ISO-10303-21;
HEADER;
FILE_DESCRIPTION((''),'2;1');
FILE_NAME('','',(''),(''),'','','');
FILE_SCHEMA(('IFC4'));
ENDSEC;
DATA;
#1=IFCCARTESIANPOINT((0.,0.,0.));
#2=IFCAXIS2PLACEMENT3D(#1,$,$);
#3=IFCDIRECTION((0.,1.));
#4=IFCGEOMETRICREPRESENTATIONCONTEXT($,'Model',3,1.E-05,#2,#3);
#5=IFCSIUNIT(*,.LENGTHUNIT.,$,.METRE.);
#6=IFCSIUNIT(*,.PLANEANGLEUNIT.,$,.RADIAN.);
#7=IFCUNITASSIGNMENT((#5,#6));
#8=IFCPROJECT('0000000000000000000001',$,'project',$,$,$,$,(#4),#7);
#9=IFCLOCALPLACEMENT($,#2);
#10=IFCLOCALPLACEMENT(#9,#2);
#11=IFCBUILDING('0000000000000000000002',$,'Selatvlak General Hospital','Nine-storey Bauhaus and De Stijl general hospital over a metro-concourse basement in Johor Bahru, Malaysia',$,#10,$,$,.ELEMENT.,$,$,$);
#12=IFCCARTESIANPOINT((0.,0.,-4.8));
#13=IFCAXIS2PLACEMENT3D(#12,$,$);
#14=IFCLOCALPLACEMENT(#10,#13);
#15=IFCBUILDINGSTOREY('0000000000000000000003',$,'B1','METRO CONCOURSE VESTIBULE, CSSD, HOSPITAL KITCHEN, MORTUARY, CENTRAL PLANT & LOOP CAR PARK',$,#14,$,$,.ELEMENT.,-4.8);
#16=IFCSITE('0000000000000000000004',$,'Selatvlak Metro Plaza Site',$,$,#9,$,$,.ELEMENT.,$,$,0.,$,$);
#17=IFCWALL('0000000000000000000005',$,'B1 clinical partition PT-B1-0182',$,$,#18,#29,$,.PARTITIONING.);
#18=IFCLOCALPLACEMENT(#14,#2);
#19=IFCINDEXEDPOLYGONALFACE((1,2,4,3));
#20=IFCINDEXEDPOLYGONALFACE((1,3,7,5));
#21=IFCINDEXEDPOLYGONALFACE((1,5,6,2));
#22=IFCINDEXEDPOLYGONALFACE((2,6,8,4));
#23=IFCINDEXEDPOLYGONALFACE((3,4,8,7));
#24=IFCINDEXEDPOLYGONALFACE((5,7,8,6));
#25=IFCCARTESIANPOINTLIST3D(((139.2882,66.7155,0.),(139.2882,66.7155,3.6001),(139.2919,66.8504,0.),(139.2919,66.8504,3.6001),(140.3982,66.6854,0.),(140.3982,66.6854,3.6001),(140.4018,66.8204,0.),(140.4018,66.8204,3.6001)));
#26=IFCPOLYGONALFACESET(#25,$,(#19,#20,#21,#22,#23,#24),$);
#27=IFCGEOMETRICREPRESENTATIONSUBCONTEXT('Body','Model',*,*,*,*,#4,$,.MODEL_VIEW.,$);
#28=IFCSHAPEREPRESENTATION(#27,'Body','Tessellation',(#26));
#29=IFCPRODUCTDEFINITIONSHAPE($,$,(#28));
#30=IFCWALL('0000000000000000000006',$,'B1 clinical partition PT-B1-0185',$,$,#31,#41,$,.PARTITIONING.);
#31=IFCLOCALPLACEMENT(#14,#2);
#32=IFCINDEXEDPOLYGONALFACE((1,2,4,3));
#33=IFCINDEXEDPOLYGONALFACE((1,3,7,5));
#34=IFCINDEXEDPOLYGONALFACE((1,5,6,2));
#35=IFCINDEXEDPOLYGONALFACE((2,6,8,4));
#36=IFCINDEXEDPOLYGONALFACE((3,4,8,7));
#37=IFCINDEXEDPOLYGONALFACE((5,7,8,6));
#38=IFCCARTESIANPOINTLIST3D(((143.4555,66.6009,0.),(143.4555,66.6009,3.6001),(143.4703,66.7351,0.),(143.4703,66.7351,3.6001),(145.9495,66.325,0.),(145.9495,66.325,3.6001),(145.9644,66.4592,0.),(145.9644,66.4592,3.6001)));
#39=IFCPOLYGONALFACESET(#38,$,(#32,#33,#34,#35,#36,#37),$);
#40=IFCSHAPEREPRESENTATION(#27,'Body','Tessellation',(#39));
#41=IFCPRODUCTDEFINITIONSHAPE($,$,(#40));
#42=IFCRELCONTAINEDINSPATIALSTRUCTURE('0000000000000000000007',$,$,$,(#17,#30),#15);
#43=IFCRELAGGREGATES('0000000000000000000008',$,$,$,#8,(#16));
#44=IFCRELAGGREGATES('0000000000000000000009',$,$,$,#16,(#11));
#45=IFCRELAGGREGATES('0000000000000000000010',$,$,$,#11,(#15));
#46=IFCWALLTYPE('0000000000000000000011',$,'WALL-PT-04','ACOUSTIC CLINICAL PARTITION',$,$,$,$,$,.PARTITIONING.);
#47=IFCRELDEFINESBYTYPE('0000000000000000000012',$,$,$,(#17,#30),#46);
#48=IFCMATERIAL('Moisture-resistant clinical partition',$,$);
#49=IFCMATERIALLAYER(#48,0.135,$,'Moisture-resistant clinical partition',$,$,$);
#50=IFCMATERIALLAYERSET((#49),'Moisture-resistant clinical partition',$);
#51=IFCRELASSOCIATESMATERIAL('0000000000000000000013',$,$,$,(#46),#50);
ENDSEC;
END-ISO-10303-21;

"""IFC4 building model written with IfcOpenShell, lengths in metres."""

from ifc_helpers import new_model, si_unit, direction, frame, frame_2d, origin, place, context, subcontext, project, spatial, rectangle, extrude, material, layer, layer_set, type_object, element, save


model = new_model("IFC4")

# Units and contexts
model_context = context("Model", 3, precision=1e-05, world=origin(), true_north=direction((0.0, 1.0)))
body_context = subcontext(model_context, "Body", "Model", "MODEL_VIEW")
ifc_project = project(units=[si_unit("LENGTHUNIT", "METRE"), si_unit("PLANEANGLEUNIT", "RADIAN")], contexts=[model_context])

# Site, building, storey
site_placement = place(None, origin())
site = spatial("IfcSite", under=ifc_project, at=site_placement, Name="Selatvlak Metro Plaza Site", CompositionType="ELEMENT", RefElevation=0.0)
building_placement = place(site_placement, origin())
building = spatial("IfcBuilding", under=site, at=building_placement, Name="Selatvlak General Hospital", Description="Nine-storey Bauhaus and De Stijl general hospital over a metro-concourse basement in Johor Bahru, Malaysia", CompositionType="ELEMENT")
storey_placement = place(building_placement, frame((0.0, 0.0, -4.8)))
storey = spatial("IfcBuildingStorey", under=building, at=storey_placement, Name="B1", Description="METRO CONCOURSE VESTIBULE, CSSD, HOSPITAL KITCHEN, MORTUARY, CENTRAL PLANT & LOOP CAR PARK", CompositionType="ELEMENT", Elevation=-4.8)

# Shared definitions
ifc_material_1 = material(Name="Moisture-resistant clinical partition")
ifc_layer_1 = layer(ifc_material_1, 0.135, Name="Moisture-resistant clinical partition")
ifc_layer_set_1 = layer_set([ifc_layer_1], Name="Moisture-resistant clinical partition")
wall_type_1 = type_object("IfcWallType", Name="WALL-PT-04", Description="ACOUSTIC CLINICAL PARTITION", PredefinedType="PARTITIONING", material=ifc_layer_set_1)

# Walls
wall_1_placement = place(storey_placement, frame((139.29, 66.783, 0.0), z_axis=(0.0, 0.0, 1.0), x_axis=(0.999634, -0.027047, 0.0)))
element("IfcWall", 1, at=wall_1_placement, inside=storey, type_object=wall_type_1, Name="B1 clinical partition PT-B1-0182", PredefinedType="PARTITIONING", context=body_context, shape_type="SweptSolid", body=[
    extrude(rectangle(XDim=1.1104, YDim=0.135, at=frame_2d((0.5552, 0.0))), origin(), (0.0, 0.0, 1.0), 3.6001),
])
wall_2_placement = place(storey_placement, frame((143.4629, 66.668, 0.0), z_axis=(0.0, 0.0, 1.0), x_axis=(0.993938, -0.10994, 0.0)))
element("IfcWall", 2, at=wall_2_placement, inside=storey, type_object=wall_type_1, Name="B1 clinical partition PT-B1-0185", PredefinedType="PARTITIONING", context=body_context, shape_type="SweptSolid", body=[
    extrude(rectangle(XDim=2.5093, YDim=0.135, at=frame_2d((1.2546, 0.0))), origin(), (0.0, 0.0, 1.0), 3.6001),
])

save(model, "model.ifc")
